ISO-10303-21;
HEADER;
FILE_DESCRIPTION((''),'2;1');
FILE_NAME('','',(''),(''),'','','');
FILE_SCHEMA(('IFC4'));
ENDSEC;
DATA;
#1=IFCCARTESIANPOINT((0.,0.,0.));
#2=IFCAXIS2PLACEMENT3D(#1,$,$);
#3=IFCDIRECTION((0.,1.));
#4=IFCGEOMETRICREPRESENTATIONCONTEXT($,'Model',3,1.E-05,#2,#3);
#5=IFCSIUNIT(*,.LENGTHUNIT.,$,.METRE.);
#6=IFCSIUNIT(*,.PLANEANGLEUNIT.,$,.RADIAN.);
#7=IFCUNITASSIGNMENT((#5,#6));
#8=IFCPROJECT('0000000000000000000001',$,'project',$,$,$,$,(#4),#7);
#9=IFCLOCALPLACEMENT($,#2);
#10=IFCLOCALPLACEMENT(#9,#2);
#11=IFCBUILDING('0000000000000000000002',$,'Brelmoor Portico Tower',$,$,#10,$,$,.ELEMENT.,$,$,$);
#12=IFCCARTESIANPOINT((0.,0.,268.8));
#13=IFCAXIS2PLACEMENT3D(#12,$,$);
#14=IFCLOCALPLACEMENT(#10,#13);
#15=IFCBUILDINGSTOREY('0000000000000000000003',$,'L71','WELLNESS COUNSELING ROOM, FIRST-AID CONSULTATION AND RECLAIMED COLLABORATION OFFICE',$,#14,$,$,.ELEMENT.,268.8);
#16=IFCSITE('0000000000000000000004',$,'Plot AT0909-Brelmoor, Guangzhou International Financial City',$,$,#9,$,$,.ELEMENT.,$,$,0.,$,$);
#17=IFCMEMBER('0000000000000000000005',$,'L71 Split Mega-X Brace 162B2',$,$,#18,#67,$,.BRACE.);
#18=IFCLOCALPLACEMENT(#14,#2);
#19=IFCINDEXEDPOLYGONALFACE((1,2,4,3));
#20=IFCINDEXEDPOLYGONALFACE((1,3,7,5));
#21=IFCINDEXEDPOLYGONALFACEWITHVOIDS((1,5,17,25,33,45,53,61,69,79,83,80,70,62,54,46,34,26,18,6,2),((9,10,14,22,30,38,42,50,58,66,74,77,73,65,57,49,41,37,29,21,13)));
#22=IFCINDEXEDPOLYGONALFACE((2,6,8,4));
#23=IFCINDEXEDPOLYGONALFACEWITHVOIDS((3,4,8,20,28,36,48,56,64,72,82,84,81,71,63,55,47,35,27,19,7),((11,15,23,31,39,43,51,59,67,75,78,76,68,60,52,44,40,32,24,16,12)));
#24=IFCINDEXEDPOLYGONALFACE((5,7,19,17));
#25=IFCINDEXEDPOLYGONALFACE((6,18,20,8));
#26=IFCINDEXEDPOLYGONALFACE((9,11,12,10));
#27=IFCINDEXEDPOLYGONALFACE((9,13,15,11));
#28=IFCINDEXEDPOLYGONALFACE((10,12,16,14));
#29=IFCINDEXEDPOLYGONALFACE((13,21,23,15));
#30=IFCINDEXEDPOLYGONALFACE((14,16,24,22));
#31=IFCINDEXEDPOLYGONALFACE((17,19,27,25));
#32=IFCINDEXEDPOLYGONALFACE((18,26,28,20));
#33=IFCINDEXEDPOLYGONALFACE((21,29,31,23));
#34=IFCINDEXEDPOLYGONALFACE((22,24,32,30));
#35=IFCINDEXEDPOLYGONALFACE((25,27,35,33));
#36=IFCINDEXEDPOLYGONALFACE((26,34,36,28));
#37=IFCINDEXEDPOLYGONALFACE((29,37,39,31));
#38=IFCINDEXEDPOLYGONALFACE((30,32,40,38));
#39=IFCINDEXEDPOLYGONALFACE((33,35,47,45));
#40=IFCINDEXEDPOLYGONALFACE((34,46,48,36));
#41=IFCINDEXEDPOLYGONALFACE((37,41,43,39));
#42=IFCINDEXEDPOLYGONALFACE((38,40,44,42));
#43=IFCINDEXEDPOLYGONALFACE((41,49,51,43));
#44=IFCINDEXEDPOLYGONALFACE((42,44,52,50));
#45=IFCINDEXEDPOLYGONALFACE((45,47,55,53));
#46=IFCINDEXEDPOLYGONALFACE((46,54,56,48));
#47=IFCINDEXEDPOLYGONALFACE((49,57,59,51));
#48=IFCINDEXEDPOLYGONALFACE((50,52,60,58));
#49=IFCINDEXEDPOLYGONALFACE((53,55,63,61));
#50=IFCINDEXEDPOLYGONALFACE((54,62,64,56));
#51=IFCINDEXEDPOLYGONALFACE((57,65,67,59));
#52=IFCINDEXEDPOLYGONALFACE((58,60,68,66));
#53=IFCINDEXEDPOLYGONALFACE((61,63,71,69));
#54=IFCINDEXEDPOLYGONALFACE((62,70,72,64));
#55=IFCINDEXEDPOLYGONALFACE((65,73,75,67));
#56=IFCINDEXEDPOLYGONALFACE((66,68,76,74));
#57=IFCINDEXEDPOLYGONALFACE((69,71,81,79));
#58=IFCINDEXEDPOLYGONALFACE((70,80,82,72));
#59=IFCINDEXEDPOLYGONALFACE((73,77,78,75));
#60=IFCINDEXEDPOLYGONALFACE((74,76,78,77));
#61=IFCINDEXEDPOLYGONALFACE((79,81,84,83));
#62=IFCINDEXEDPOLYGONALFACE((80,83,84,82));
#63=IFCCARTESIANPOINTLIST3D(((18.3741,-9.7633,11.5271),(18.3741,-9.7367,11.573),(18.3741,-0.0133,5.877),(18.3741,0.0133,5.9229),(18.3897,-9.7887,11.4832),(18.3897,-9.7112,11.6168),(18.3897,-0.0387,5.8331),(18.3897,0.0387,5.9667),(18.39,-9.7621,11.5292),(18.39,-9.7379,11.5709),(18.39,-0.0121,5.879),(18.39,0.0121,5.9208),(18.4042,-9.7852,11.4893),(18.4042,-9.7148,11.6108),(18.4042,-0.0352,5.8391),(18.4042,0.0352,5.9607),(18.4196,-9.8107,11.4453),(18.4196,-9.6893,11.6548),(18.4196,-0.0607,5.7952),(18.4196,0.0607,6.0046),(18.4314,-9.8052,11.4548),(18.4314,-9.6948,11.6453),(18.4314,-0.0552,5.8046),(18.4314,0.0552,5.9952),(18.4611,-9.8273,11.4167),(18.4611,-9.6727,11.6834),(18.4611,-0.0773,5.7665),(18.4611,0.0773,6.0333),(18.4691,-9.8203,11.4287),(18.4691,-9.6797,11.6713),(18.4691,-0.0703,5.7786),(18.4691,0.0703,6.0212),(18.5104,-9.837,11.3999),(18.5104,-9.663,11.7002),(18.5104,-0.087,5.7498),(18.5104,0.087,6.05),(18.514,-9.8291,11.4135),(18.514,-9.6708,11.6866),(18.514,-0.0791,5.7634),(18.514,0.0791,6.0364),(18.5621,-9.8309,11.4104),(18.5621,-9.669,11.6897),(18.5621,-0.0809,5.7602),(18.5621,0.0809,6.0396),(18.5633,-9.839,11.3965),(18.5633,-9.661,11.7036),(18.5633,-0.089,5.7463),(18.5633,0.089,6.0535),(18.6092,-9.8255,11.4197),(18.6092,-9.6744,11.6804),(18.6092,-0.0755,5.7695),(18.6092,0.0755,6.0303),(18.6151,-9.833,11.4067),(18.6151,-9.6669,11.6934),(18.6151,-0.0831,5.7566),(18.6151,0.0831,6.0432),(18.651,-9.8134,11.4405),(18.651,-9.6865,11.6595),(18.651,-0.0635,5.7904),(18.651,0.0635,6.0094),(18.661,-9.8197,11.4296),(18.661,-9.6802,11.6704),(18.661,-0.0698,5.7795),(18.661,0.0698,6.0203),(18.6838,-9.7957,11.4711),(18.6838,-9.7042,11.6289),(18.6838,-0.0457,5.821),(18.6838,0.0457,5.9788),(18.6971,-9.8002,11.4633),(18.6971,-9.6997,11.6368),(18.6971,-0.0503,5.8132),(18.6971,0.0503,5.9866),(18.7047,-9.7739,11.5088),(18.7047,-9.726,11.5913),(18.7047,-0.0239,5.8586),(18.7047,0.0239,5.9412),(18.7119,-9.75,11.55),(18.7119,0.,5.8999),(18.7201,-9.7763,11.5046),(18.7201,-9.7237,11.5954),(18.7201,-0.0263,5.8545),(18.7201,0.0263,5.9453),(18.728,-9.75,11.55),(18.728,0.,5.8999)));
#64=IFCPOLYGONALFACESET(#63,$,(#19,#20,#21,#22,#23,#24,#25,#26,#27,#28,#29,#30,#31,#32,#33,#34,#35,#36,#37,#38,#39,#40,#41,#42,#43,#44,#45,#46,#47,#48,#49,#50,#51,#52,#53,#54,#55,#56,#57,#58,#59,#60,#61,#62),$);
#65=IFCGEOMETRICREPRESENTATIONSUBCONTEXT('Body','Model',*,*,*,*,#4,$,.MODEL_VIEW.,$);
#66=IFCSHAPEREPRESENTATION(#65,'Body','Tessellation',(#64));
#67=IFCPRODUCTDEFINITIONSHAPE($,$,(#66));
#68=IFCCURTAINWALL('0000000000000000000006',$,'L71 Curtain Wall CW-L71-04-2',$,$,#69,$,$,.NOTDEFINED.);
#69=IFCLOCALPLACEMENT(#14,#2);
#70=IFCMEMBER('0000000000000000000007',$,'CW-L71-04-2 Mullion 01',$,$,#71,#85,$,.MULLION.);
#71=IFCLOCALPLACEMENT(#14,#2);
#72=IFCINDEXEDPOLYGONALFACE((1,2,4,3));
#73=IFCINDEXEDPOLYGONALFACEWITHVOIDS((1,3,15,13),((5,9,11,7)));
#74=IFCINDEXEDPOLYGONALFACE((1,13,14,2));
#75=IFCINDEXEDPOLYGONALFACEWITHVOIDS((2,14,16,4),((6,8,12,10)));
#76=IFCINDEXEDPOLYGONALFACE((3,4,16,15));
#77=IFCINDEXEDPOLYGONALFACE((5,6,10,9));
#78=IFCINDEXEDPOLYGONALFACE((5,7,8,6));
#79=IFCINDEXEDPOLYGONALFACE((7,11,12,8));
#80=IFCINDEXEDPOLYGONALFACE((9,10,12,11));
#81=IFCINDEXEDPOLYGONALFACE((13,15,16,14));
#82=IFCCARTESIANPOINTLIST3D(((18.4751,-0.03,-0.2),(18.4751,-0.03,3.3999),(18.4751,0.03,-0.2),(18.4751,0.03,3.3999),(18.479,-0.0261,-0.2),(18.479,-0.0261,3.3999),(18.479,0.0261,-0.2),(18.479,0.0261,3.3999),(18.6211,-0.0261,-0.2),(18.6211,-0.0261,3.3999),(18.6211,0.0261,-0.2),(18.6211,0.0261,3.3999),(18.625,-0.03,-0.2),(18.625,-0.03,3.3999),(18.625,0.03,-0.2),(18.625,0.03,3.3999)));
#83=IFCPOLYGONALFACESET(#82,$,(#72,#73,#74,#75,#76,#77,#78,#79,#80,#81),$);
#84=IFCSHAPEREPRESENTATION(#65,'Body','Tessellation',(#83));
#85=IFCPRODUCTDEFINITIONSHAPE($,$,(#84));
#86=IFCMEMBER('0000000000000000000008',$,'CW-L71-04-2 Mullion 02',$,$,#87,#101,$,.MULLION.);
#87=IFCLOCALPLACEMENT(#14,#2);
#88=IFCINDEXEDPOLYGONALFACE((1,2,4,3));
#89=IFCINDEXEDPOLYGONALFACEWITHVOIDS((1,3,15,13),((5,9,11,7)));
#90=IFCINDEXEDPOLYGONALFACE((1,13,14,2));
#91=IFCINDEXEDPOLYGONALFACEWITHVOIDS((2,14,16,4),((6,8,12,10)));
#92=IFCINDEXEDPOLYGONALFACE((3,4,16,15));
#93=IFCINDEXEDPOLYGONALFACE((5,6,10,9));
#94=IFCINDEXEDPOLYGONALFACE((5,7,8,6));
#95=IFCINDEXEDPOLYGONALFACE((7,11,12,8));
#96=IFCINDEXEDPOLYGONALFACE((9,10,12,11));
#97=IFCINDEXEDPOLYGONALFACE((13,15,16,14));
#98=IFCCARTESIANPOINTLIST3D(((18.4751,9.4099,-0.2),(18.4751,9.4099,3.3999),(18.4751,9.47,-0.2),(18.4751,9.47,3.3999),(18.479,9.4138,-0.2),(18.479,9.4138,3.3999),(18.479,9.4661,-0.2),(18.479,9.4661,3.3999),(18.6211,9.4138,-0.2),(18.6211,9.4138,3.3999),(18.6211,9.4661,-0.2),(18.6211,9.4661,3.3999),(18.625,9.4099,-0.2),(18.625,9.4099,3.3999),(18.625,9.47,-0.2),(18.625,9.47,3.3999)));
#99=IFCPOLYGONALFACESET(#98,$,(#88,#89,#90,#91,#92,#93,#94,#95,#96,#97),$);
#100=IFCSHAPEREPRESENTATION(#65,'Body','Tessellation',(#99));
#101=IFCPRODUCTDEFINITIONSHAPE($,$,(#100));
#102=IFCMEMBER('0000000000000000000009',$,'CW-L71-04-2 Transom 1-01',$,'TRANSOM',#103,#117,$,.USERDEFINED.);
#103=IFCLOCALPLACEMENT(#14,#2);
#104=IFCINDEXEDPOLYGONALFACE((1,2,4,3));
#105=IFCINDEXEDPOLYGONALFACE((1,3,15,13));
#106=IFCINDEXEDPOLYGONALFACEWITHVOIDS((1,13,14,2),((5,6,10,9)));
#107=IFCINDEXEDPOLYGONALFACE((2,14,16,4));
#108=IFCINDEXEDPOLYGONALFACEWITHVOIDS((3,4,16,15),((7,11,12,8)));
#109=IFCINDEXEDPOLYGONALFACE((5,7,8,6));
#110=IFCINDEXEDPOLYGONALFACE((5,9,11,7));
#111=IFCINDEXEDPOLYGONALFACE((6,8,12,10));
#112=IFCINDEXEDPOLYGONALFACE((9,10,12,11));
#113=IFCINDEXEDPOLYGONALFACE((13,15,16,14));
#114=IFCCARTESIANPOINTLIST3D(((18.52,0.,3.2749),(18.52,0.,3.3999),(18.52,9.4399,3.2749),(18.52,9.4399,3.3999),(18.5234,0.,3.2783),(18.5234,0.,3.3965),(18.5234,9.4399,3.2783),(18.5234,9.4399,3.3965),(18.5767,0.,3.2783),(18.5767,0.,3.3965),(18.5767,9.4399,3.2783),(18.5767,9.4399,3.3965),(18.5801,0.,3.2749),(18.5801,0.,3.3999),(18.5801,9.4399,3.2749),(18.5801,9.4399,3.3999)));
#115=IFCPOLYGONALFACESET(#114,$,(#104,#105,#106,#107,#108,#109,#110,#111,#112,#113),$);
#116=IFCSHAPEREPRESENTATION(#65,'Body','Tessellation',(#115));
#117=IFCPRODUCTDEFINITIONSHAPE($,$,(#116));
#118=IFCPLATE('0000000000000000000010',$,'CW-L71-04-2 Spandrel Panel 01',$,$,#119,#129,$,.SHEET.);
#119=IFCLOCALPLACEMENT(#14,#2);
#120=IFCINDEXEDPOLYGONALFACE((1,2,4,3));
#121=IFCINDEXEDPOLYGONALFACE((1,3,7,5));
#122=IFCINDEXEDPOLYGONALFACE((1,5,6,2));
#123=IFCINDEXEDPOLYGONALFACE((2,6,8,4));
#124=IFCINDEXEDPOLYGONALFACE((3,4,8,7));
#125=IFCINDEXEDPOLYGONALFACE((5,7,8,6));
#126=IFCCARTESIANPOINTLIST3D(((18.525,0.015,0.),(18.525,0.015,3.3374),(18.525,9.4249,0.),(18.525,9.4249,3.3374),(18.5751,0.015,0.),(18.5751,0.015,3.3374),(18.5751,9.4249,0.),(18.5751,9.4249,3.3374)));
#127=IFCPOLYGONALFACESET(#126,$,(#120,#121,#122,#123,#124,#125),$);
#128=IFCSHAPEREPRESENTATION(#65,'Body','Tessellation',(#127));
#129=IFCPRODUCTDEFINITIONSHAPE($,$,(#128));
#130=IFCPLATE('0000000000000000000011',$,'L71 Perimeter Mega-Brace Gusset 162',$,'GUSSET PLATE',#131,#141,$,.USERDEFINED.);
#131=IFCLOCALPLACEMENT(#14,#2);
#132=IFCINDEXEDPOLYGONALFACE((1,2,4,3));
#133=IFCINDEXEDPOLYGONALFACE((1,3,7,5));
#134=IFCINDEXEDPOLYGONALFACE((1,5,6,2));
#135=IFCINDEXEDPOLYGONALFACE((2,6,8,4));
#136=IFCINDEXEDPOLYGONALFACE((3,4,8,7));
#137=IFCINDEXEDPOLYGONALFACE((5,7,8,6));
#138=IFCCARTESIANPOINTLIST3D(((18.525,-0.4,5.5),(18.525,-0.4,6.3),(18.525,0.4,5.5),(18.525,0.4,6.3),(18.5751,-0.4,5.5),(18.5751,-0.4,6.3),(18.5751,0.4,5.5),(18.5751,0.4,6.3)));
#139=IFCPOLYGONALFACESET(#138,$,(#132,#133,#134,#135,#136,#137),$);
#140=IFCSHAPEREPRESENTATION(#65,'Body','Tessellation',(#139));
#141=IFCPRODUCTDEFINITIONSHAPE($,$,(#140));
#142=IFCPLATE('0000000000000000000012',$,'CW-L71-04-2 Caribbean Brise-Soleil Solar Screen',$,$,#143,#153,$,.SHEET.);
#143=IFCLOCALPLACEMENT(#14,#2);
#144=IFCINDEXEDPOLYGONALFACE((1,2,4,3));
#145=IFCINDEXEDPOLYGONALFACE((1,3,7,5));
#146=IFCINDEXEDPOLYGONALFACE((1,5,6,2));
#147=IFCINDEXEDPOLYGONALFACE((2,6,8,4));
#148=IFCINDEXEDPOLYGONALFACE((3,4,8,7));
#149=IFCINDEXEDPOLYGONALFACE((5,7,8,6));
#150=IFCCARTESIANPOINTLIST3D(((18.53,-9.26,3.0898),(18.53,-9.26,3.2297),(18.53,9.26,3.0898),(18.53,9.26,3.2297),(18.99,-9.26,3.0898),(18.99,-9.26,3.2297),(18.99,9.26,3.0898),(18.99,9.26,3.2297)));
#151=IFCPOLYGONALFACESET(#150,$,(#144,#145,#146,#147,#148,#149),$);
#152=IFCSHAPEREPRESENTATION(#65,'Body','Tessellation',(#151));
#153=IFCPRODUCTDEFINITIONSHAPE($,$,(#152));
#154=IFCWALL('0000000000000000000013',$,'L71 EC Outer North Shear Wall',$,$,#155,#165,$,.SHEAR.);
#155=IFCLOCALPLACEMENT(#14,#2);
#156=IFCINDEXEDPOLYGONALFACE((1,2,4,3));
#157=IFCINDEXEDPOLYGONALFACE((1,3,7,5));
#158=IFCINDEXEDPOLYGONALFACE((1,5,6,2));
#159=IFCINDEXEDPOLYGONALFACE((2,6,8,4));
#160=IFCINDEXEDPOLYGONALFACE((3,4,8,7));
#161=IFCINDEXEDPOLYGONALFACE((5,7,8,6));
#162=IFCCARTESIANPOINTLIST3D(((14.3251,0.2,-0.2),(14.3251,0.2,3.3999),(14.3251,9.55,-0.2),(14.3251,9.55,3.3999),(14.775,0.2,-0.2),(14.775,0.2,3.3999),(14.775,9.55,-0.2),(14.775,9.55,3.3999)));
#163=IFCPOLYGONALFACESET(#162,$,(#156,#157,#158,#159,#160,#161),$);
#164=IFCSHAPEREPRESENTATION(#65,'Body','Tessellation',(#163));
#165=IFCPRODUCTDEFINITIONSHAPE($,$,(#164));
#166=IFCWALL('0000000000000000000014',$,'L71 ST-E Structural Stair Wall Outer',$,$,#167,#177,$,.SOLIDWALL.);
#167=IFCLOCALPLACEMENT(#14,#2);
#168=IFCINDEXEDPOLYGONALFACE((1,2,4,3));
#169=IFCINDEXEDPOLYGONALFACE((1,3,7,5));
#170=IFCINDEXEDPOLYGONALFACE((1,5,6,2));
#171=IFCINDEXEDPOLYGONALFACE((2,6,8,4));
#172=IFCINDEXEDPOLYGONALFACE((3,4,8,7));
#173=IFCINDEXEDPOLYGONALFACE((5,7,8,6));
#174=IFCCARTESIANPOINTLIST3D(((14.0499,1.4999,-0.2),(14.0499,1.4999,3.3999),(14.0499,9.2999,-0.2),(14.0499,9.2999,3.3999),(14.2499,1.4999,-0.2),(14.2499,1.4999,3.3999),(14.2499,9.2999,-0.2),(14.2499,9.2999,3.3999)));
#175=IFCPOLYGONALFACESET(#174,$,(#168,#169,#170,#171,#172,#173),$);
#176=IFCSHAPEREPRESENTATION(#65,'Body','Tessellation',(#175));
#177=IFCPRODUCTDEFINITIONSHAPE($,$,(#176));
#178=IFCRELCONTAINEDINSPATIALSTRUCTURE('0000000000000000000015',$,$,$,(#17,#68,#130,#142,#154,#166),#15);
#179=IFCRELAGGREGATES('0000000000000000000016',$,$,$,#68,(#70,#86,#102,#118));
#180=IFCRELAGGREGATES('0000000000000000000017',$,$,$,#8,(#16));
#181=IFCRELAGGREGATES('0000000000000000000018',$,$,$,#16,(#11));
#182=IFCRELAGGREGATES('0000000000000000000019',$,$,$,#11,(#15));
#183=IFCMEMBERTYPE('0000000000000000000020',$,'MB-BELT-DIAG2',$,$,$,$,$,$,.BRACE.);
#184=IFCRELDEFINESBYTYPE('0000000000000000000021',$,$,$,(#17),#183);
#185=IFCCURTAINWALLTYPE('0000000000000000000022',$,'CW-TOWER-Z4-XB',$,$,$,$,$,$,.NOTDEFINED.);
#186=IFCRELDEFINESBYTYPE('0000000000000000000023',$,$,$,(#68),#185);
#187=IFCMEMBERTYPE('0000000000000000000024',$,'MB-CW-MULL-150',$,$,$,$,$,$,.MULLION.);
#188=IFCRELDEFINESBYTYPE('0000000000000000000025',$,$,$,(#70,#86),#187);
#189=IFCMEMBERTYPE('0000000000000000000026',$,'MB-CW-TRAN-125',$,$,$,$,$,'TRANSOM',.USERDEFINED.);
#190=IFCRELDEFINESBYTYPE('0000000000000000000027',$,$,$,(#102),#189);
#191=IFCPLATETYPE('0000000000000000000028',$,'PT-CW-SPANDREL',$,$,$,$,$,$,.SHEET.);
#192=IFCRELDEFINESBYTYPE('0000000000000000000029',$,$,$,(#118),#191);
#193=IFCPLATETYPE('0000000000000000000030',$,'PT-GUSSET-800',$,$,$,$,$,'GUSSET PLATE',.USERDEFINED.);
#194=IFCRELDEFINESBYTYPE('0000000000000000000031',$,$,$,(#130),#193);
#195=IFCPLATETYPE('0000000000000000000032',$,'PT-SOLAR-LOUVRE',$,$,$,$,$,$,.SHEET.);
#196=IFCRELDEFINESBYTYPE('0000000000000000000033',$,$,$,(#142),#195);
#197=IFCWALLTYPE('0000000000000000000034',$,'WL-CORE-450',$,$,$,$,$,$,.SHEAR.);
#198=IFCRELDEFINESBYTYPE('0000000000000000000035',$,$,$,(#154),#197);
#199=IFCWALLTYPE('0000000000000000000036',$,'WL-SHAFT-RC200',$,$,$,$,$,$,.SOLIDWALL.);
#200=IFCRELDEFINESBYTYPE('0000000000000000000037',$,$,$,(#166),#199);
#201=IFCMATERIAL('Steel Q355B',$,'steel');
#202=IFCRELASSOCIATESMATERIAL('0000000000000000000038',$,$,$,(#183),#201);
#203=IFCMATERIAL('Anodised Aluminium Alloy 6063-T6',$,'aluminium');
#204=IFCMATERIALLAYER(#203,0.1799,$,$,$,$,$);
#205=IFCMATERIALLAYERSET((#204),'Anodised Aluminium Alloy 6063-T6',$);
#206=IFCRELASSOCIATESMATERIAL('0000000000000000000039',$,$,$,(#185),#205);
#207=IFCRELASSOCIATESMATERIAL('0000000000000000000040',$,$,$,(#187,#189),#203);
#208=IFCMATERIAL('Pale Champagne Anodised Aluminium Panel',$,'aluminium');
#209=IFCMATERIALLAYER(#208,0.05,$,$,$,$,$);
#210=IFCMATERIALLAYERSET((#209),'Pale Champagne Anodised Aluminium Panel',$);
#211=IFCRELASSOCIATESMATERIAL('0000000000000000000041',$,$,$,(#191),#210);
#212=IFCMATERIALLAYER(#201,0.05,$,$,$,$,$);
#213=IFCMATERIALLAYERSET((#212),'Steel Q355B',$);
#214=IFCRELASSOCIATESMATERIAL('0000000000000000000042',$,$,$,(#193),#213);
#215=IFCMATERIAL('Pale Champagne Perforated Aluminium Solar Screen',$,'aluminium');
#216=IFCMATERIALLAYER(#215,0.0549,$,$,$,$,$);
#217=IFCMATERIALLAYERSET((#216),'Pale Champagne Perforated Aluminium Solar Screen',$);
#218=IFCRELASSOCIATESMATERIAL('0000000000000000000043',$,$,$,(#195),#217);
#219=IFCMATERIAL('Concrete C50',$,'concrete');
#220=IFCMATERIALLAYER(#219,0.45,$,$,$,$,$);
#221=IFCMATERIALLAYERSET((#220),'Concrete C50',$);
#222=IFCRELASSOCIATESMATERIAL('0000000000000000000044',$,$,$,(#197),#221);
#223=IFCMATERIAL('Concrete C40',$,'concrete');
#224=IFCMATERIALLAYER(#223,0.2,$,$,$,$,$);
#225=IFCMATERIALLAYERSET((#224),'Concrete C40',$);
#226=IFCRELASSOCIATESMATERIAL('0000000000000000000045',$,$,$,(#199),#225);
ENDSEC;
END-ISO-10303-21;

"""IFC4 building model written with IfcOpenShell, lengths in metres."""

from ifc_helpers import new_model, si_unit, direction, frame, frame_2d, origin, origin_2d, place, context, subcontext, project, spatial, rectangle, hollow_rectangle, hollow_circle, extrude, material, layer, layer_set, material_profile, profile_set, type_object, element, aggregate, save


model = new_model("IFC4")

# Units and contexts
model_context = context("Model", 3, precision=1e-05, world=origin(), true_north=direction((0.0, 1.0)))
body_context = subcontext(model_context, "Body", "Model", "MODEL_VIEW")
ifc_project = project(units=[si_unit("LENGTHUNIT", "METRE"), si_unit("PLANEANGLEUNIT", "RADIAN")], contexts=[model_context])

# Site, building, storey
site_placement = place(None, origin())
site = spatial("IfcSite", under=ifc_project, at=site_placement, Name="Plot AT0909-Brelmoor, Guangzhou International Financial City", CompositionType="ELEMENT", RefElevation=0.0)
building_placement = place(site_placement, origin())
building = spatial("IfcBuilding", under=site, at=building_placement, Name="Brelmoor Portico Tower", CompositionType="ELEMENT")
storey_placement = place(building_placement, frame((0.0, 0.0, 268.8)))
storey = spatial("IfcBuildingStorey", under=building, at=storey_placement, Name="L71", Description="WELLNESS COUNSELING ROOM, FIRST-AID CONSULTATION AND RECLAIMED COLLABORATION OFFICE", CompositionType="ELEMENT", Elevation=268.8)

# Shared definitions
ifc_material_1 = material(Name="Steel Q355B", Category="steel")

# Member
ifc_material_profile_1 = material_profile(ifc_material_1, hollow_circle(Radius=0.178, WallThickness=0.0161, at=origin_2d()), Name="CHS 356x16")
ifc_profile_set_1 = profile_set([ifc_material_profile_1], Name="Steel Q355B")
member_type_1 = type_object("IfcMemberType", Name="MB-BELT-DIAG2", PredefinedType="BRACE", material=ifc_profile_set_1)
member_1_placement = place(storey_placement, frame((18.55, 0.0, 5.8999), z_axis=(0.0, -0.865218, 0.501396), x_axis=(1.0, 0.0, 0.0)))
element("IfcMember", 1, at=member_1_placement, inside=storey, type_object=member_type_1, Name="L71 Split Mega-X Brace 162B2", PredefinedType="BRACE", context=body_context, shape_type="SweptSolid", body=[
    extrude(hollow_circle(Radius=0.178, WallThickness=0.0161, at=origin_2d()), origin(), (0.0, 0.0, 1.0), 11.2688),
])

# Curtain wall, members, plate
ifc_material_2 = material(Name="Anodised Aluminium Alloy 6063-T6", Category="aluminium")
ifc_layer_1 = layer(ifc_material_2, 0.1799)
ifc_layer_set_1 = layer_set([ifc_layer_1], Name="Anodised Aluminium Alloy 6063-T6")
curtain_wall_type = type_object("IfcCurtainWallType", Name="CW-TOWER-Z4-XB", PredefinedType="NOTDEFINED", material=ifc_layer_set_1)
curtain_wall_placement = place(storey_placement, origin())
curtain_wall = element("IfcCurtainWall", 2, at=curtain_wall_placement, inside=storey, type_object=curtain_wall_type, Name="L71 Curtain Wall CW-L71-04-2", PredefinedType="NOTDEFINED")
ifc_material_profile_2 = material_profile(ifc_material_2, hollow_rectangle(XDim=0.0601, YDim=0.1499, WallThickness=0.0039, at=origin_2d()), Name="ALU MULLION 60x150")
ifc_profile_set_2 = profile_set([ifc_material_profile_2], Name="Anodised Aluminium Alloy 6063-T6")
member_type_2 = type_object("IfcMemberType", Name="MB-CW-MULL-150", PredefinedType="MULLION", material=ifc_profile_set_2)
member_2_placement = place(storey_placement, frame((18.55, 0.0, -0.2), z_axis=(0.0, 0.0, 1.0), x_axis=(0.0, 1.0, 0.0)))
member_2 = element("IfcMember", 3, at=member_2_placement, type_object=member_type_2, Name="CW-L71-04-2 Mullion 01", PredefinedType="MULLION", context=body_context, shape_type="SweptSolid", body=[
    extrude(hollow_rectangle(XDim=0.0601, YDim=0.1499, WallThickness=0.0039, at=origin_2d()), origin(), (0.0, 0.0, 1.0), 3.5999),
])
member_3_placement = place(storey_placement, frame((18.55, 9.4399, -0.2), z_axis=(0.0, 0.0, 1.0), x_axis=(0.0, 1.0, 0.0)))
member_3 = element("IfcMember", 4, at=member_3_placement, type_object=member_type_2, Name="CW-L71-04-2 Mullion 02", PredefinedType="MULLION", context=body_context, shape_type="SweptSolid", body=[
    extrude(hollow_rectangle(XDim=0.0601, YDim=0.1499, WallThickness=0.0039, at=origin_2d()), origin(), (0.0, 0.0, 1.0), 3.5999),
])
ifc_material_profile_3 = material_profile(ifc_material_2, hollow_rectangle(XDim=0.0601, YDim=0.125, WallThickness=0.0034, at=origin_2d()), Name="ALU TRANSOM 60x125")
ifc_profile_set_3 = profile_set([ifc_material_profile_3], Name="Anodised Aluminium Alloy 6063-T6")
member_type_3 = type_object("IfcMemberType", Name="MB-CW-TRAN-125", ElementType="TRANSOM", PredefinedType="USERDEFINED", material=ifc_profile_set_3)
member_4_placement = place(storey_placement, frame((18.55, 0.0, 3.3374), z_axis=(0.0, 1.0, 0.0), x_axis=(-1.0, 0.0, 0.0)))
member_4 = element("IfcMember", 5, at=member_4_placement, type_object=member_type_3, Name="CW-L71-04-2 Transom 1-01", ObjectType="TRANSOM", PredefinedType="USERDEFINED", context=body_context, shape_type="SweptSolid", body=[
    extrude(hollow_rectangle(XDim=0.0601, YDim=0.125, WallThickness=0.0034, at=origin_2d()), origin(), (0.0, 0.0, 1.0), 9.4399),
])
ifc_material_3 = material(Name="Pale Champagne Anodised Aluminium Panel", Category="aluminium")
ifc_layer_2 = layer(ifc_material_3, 0.05)
ifc_layer_set_2 = layer_set([ifc_layer_2], Name="Pale Champagne Anodised Aluminium Panel")
plate_type_1 = type_object("IfcPlateType", Name="PT-CW-SPANDREL", PredefinedType="SHEET", material=ifc_layer_set_2)
plate_1_placement = place(storey_placement, frame((18.55, 4.72, 0.0), z_axis=(0.0, 0.0, 1.0), x_axis=(0.0, 1.0, 0.0)))
plate_1 = element("IfcPlate", 6, at=plate_1_placement, type_object=plate_type_1, Name="CW-L71-04-2 Spandrel Panel 01", PredefinedType="SHEET", context=body_context, shape_type="SweptSolid", body=[
    extrude(rectangle(XDim=9.4099, YDim=0.05, at=origin_2d()), origin(), (0.0, 0.0, 1.0), 3.3374),
])
aggregate(curtain_wall, [member_2, member_3, member_4, plate_1])

# Plates
ifc_layer_3 = layer(ifc_material_1, 0.05)
ifc_layer_set_3 = layer_set([ifc_layer_3], Name="Steel Q355B")
plate_type_2 = type_object("IfcPlateType", Name="PT-GUSSET-800", ElementType="GUSSET PLATE", PredefinedType="USERDEFINED", material=ifc_layer_set_3)
plate_2_placement = place(storey_placement, frame((18.55, 0.0, 5.5), z_axis=(0.0, 0.0, 1.0), x_axis=(1.0, 0.0, 0.0)))
element("IfcPlate", 7, at=plate_2_placement, inside=storey, type_object=plate_type_2, Name="L71 Perimeter Mega-Brace Gusset 162", ObjectType="GUSSET PLATE", PredefinedType="USERDEFINED", context=body_context, shape_type="SweptSolid", body=[
    extrude(rectangle(XDim=0.05, YDim=0.8, at=origin_2d()), origin(), (0.0, 0.0, 1.0), 0.8),
])
ifc_material_4 = material(Name="Pale Champagne Perforated Aluminium Solar Screen", Category="aluminium")
ifc_layer_4 = layer(ifc_material_4, 0.0549)
ifc_layer_set_4 = layer_set([ifc_layer_4], Name="Pale Champagne Perforated Aluminium Solar Screen")
plate_type_3 = type_object("IfcPlateType", Name="PT-SOLAR-LOUVRE", PredefinedType="SHEET", material=ifc_layer_set_4)
plate_3_placement = place(storey_placement, frame((18.76, 0.0, 3.0898), z_axis=(0.0, 0.0, 1.0), x_axis=(0.0, 1.0, 0.0)))
element("IfcPlate", 8, at=plate_3_placement, inside=storey, type_object=plate_type_3, Name="CW-L71-04-2 Caribbean Brise-Soleil Solar Screen", PredefinedType="SHEET", context=body_context, shape_type="SweptSolid", body=[
    extrude(rectangle(XDim=18.52, YDim=0.46, at=origin_2d()), origin(), (0.0, 0.0, 1.0), 0.1399),
])

# Walls
ifc_material_5 = material(Name="Concrete C50", Category="concrete")
ifc_layer_5 = layer(ifc_material_5, 0.45)
ifc_layer_set_5 = layer_set([ifc_layer_5], Name="Concrete C50")
wall_type_1 = type_object("IfcWallType", Name="WL-CORE-450", PredefinedType="SHEAR", material=ifc_layer_set_5)
wall_1_placement = place(storey_placement, frame((14.55, 0.2, -0.2), z_axis=(0.0, 0.0, 1.0), x_axis=(0.0, 1.0, 0.0)))
element("IfcWall", 9, at=wall_1_placement, inside=storey, type_object=wall_type_1, Name="L71 EC Outer North Shear Wall", PredefinedType="SHEAR", context=body_context, shape_type="SweptSolid", body=[
    extrude(rectangle(XDim=9.3501, YDim=0.45, at=frame_2d((4.675, 0.0))), origin(), (0.0, 0.0, 1.0), 3.5999),
])
ifc_material_6 = material(Name="Concrete C40", Category="concrete")
ifc_layer_6 = layer(ifc_material_6, 0.2)
ifc_layer_set_6 = layer_set([ifc_layer_6], Name="Concrete C40")
wall_type_2 = type_object("IfcWallType", Name="WL-SHAFT-RC200", PredefinedType="SOLIDWALL", material=ifc_layer_set_6)
wall_2_placement = place(storey_placement, frame((14.1499, 1.5, -0.2), z_axis=(0.0, 0.0, 1.0), x_axis=(0.0, 1.0, 0.0)))
element("IfcWall", 10, at=wall_2_placement, inside=storey, type_object=wall_type_2, Name="L71 ST-E Structural Stair Wall Outer", PredefinedType="SOLIDWALL", context=body_context, shape_type="SweptSolid", body=[
    extrude(rectangle(XDim=7.8, YDim=0.2, at=frame_2d((3.8999, 0.0))), origin(), (0.0, 0.0, 1.0), 3.5999),
])

save(model, "model.ifc")
